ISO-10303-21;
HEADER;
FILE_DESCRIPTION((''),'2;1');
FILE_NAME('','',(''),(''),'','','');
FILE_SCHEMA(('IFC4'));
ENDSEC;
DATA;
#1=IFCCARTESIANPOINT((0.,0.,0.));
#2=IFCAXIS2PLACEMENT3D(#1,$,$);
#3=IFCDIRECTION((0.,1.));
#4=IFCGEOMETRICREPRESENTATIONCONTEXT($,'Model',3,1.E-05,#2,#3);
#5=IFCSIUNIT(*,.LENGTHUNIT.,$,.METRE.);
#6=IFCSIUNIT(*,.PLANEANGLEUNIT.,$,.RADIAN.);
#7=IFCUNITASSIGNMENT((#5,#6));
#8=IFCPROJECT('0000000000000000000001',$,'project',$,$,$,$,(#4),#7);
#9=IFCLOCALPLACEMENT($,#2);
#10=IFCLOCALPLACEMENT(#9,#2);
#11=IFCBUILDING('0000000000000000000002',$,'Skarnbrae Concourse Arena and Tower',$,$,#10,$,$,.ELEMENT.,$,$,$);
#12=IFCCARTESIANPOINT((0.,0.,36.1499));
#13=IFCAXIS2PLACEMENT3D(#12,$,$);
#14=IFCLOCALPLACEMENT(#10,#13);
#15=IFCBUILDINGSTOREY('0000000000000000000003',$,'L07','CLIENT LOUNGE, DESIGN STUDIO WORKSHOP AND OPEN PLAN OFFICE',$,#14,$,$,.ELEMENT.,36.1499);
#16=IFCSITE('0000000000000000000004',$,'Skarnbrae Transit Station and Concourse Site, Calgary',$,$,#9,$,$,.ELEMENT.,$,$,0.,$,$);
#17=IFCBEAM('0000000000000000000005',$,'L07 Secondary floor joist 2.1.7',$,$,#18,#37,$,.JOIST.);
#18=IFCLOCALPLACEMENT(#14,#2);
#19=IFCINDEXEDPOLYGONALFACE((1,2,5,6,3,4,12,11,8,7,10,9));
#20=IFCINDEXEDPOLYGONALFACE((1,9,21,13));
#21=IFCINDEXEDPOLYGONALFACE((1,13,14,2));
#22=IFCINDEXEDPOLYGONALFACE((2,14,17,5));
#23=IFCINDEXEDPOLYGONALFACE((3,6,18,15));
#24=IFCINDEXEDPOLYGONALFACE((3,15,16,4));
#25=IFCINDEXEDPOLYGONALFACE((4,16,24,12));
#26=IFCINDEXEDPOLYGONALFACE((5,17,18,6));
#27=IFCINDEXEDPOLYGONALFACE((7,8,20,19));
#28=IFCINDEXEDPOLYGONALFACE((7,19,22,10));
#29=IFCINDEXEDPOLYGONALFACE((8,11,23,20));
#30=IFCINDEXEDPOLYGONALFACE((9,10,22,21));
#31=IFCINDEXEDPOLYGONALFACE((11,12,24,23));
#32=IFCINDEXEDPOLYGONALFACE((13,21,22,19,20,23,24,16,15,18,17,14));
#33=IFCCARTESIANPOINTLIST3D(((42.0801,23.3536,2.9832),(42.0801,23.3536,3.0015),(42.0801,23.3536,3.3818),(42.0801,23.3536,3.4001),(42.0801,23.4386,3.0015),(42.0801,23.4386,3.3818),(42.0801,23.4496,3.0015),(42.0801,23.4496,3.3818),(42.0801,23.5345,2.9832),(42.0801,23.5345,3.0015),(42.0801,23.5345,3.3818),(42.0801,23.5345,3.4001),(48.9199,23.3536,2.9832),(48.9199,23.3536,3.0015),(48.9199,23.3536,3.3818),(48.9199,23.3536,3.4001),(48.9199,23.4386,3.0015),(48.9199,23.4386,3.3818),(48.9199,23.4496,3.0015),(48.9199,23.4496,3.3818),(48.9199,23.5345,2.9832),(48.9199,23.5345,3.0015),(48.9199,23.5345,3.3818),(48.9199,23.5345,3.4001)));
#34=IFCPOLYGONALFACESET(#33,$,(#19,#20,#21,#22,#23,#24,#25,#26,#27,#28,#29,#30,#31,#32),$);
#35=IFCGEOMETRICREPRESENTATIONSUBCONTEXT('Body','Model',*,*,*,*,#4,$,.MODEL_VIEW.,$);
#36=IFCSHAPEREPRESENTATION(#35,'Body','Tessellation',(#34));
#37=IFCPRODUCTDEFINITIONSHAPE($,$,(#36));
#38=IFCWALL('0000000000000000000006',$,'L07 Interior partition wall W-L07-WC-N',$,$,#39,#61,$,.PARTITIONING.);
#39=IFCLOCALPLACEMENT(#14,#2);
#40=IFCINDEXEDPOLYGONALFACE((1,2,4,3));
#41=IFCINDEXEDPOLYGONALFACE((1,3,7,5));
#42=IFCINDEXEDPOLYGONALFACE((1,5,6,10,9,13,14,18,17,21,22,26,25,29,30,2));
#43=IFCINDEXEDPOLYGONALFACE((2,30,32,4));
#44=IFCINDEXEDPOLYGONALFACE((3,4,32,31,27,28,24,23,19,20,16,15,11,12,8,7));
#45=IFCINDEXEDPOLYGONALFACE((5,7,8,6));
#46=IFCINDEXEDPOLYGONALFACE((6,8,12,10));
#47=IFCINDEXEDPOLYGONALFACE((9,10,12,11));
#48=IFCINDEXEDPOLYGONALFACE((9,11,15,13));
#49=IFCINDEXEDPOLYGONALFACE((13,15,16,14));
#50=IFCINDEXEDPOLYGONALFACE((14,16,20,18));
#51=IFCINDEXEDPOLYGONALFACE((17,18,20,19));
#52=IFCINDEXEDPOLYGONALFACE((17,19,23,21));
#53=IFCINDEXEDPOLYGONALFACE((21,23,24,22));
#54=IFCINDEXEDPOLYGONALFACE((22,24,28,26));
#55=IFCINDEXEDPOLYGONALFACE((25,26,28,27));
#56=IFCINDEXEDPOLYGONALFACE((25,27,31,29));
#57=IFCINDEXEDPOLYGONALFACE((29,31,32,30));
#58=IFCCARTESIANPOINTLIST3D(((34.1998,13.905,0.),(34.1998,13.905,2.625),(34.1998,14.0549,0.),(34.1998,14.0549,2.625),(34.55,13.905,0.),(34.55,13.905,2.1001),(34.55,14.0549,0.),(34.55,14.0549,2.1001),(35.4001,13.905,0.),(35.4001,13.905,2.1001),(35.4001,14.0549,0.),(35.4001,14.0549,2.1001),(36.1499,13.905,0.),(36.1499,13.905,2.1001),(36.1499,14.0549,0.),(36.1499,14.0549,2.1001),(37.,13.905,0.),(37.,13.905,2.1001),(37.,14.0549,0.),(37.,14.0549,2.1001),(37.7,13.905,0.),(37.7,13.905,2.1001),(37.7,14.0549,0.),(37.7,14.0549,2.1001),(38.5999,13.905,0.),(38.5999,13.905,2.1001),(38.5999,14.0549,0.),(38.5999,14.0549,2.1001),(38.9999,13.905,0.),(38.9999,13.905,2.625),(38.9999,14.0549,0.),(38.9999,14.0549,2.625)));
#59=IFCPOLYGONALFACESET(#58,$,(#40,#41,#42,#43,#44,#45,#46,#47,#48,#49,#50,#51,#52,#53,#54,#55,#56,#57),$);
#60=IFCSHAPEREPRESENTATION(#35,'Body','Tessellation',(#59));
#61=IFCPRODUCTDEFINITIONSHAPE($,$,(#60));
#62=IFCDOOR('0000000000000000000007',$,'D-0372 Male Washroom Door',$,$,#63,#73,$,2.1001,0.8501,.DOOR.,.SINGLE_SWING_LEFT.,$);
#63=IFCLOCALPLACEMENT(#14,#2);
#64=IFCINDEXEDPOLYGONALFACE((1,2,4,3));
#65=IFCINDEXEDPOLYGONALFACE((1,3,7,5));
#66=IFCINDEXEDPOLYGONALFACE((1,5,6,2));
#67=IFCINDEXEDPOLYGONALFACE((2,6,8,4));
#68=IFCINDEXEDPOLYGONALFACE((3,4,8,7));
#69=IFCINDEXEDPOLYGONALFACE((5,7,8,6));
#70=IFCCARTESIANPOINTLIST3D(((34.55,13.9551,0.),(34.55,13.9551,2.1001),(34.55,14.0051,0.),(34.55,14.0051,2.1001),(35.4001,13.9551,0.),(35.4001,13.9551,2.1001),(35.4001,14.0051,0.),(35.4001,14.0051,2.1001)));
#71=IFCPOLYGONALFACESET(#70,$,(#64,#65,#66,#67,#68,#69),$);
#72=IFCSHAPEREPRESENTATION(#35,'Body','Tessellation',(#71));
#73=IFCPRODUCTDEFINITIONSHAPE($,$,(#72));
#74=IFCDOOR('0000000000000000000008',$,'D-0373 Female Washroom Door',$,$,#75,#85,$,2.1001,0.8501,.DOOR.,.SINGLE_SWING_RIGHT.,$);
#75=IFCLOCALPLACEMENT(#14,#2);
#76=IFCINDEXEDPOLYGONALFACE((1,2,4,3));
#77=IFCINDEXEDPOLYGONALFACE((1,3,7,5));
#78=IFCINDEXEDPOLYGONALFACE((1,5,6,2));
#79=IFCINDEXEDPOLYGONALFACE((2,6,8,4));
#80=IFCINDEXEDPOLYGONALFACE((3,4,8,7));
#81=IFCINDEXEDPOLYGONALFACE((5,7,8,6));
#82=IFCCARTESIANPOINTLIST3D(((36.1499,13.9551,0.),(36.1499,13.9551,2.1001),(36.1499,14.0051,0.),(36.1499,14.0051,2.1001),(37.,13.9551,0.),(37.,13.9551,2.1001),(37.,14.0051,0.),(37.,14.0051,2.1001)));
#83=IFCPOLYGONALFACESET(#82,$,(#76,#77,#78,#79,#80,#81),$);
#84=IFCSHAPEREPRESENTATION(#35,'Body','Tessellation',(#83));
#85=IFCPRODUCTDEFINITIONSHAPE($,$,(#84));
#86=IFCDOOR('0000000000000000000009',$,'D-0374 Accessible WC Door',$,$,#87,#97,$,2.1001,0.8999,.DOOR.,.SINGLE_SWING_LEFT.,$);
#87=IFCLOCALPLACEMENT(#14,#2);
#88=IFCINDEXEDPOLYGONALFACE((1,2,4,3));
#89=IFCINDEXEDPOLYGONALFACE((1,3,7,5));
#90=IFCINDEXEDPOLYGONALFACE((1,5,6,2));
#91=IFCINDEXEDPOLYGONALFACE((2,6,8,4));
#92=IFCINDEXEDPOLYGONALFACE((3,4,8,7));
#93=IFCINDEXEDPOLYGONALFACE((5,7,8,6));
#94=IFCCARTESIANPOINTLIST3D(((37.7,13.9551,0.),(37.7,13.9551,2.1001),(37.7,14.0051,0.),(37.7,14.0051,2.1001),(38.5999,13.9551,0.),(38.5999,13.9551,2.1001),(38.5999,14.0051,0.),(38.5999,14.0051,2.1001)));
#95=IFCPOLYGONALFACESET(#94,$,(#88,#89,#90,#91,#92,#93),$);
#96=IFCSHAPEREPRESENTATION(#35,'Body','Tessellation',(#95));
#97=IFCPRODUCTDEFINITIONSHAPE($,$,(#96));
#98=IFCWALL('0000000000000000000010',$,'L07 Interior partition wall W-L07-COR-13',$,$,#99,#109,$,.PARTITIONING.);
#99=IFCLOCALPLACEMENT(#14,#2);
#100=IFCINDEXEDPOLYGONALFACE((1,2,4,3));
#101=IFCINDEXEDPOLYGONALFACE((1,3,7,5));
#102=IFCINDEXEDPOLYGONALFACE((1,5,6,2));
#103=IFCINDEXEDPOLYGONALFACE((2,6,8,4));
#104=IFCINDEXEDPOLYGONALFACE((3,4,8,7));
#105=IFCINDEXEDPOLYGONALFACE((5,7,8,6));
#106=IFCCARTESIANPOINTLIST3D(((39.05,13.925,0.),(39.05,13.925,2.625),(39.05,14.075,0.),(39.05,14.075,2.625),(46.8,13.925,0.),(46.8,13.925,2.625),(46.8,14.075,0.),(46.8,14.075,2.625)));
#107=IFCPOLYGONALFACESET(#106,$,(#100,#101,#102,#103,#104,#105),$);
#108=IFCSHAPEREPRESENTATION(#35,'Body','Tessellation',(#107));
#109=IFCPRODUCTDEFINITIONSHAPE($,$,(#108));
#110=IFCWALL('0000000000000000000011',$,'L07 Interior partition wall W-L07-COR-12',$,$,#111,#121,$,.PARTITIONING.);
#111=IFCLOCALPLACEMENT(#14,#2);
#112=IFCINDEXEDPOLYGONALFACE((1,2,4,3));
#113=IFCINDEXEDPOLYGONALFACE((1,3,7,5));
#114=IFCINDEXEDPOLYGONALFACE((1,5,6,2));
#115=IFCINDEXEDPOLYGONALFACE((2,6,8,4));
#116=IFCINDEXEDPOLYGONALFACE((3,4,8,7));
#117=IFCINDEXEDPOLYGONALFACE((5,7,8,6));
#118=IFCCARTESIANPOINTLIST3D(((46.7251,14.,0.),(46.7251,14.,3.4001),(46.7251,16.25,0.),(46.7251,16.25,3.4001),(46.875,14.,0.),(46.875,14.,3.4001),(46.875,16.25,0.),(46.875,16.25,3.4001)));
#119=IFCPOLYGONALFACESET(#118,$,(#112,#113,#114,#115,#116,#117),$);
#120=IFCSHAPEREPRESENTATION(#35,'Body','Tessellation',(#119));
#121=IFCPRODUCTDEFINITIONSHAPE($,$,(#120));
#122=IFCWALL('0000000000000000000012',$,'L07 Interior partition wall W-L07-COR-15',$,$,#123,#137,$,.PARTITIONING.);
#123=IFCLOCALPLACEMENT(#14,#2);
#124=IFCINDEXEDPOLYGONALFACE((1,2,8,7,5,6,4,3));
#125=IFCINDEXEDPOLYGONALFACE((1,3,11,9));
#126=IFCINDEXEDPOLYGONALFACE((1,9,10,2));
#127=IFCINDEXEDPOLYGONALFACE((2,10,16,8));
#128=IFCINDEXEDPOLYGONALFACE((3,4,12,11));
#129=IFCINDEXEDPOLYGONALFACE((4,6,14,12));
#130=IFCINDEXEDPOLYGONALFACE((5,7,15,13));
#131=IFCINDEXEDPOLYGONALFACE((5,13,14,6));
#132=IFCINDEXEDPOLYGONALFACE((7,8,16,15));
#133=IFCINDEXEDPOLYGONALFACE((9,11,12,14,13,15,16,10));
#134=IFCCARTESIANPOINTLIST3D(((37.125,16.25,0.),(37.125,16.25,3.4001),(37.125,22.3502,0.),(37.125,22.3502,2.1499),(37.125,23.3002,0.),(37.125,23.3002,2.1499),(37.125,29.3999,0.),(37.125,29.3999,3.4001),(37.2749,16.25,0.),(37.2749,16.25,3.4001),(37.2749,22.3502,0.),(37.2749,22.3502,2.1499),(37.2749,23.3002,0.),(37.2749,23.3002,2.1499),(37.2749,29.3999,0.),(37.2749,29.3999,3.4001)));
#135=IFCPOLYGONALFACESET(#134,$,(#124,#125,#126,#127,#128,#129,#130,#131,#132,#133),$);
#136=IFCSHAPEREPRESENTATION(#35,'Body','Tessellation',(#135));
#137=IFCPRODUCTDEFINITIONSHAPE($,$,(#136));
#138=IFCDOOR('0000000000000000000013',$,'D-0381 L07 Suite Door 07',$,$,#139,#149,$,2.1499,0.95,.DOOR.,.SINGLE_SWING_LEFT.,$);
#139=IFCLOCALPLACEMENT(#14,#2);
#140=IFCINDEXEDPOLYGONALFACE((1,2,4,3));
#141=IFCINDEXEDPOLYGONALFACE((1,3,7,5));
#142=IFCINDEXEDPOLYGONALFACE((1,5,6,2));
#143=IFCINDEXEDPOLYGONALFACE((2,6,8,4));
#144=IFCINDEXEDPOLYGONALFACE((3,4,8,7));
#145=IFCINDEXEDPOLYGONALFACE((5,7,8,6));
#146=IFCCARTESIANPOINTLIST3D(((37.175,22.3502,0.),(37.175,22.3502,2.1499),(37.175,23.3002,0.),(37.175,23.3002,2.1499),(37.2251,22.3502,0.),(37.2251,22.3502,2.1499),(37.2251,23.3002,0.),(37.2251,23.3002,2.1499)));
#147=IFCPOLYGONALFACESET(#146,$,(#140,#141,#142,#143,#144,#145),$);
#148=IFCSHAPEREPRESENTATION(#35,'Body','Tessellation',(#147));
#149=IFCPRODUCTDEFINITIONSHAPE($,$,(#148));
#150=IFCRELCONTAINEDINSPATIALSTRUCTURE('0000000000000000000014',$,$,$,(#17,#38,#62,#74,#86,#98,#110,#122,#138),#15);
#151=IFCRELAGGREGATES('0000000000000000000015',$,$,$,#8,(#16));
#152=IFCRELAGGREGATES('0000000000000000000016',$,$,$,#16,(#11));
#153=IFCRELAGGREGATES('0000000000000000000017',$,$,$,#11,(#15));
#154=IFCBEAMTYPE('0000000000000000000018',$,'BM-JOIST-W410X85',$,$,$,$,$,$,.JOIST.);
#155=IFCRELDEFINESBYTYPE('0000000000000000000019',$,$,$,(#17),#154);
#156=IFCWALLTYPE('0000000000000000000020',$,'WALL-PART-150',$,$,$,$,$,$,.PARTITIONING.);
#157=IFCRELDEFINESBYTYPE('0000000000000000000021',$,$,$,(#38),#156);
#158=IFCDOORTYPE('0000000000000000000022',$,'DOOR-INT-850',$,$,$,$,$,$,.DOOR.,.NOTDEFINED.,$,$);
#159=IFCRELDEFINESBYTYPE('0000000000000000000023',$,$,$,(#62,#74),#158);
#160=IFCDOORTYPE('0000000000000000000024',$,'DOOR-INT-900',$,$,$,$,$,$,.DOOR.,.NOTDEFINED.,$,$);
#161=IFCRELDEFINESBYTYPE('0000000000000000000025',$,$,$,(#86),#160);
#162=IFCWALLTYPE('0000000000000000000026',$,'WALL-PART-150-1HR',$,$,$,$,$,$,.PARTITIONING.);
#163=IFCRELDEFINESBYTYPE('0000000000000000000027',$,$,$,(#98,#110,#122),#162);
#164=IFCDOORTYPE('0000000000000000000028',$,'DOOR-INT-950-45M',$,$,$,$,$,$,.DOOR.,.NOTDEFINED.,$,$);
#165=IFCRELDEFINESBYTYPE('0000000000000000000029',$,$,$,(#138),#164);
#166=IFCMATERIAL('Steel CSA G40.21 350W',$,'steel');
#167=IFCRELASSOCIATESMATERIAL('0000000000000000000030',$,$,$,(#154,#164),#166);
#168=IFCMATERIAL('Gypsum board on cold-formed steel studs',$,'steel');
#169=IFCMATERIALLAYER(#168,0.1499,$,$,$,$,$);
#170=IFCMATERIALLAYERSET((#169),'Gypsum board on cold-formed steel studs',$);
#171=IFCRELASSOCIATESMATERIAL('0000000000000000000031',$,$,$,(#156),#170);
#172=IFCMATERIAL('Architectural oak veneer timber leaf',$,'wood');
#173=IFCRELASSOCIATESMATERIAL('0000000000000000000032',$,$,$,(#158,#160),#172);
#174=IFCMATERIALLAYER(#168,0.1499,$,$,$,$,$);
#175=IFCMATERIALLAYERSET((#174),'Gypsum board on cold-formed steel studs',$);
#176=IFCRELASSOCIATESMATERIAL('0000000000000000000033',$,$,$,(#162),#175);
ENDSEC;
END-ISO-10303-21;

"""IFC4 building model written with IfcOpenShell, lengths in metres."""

from ifc_helpers import new_model, si_unit, direction, frame, frame_2d, origin, origin_2d, place, context, subcontext, project, spatial, rectangle, i_section, extrude, source, transform, mapped, material, layer, layer_set, material_profile, profile_set, type_object, element, fill, save


model = new_model("IFC4")

# Units and contexts
model_context = context("Model", 3, precision=1e-05, world=origin(), true_north=direction((0.0, 1.0)))
body_context = subcontext(model_context, "Body", "Model", "MODEL_VIEW")
ifc_project = project(units=[si_unit("LENGTHUNIT", "METRE"), si_unit("PLANEANGLEUNIT", "RADIAN")], contexts=[model_context])

# Site, building, storey
site_placement = place(None, origin())
site = spatial("IfcSite", under=ifc_project, at=site_placement, Name="Skarnbrae Transit Station and Concourse Site, Calgary", CompositionType="ELEMENT", RefElevation=0.0)
building_placement = place(site_placement, origin())
building = spatial("IfcBuilding", under=site, at=building_placement, Name="Skarnbrae Concourse Arena and Tower", CompositionType="ELEMENT")
storey_placement = place(building_placement, frame((0.0, 0.0, 36.1499)))
storey = spatial("IfcBuildingStorey", under=building, at=storey_placement, Name="L07", Description="CLIENT LOUNGE, DESIGN STUDIO WORKSHOP AND OPEN PLAN OFFICE", CompositionType="ELEMENT", Elevation=36.1499)

# Shared definitions
ifc_material_1 = material(Name="Steel CSA G40.21 350W", Category="steel")

# Beam
ifc_material_profile_1 = material_profile(ifc_material_1, i_section(OverallWidth=0.1809, OverallDepth=0.417, WebThickness=0.011, FlangeThickness=0.0183, at=origin_2d()), Name="W410X85")
ifc_profile_set_1 = profile_set([ifc_material_profile_1], Name="Steel CSA G40.21 350W")
beam_type_1 = type_object("IfcBeamType", Name="BM-JOIST-W410X85", PredefinedType="JOIST", material=ifc_profile_set_1)
shared_shape_1 = source(origin(), body_context, "Body", "SweptSolid", [
    extrude(i_section(OverallWidth=0.1809, OverallDepth=0.417, WebThickness=0.011, FlangeThickness=0.0183, at=origin_2d()), origin(), (0.0, 0.0, 1.0), 6.8398),
])
for number, where, z_axis, x_axis, name in (
    (1, (42.0801, 23.4441, 3.1917), (1.0, 0.0, 0.0), (0.0, 1.0, 0.0), "L07 Secondary floor joist 2.1.7"),
):
    element("IfcBeam", number, at=place(storey_placement, frame(where, z_axis=z_axis, x_axis=x_axis)), inside=storey, type_object=beam_type_1, Name=name, PredefinedType="JOIST", context=body_context, shape_type="MappedRepresentation", body=[
        mapped(shared_shape_1, transform((0.0, 0.0, 0.0))),
    ])

# Wall, openings, doors
ifc_material_2 = material(Name="Gypsum board on cold-formed steel studs", Category="steel")
ifc_layer_1 = layer(ifc_material_2, 0.1499)
ifc_layer_set_1 = layer_set([ifc_layer_1], Name="Gypsum board on cold-formed steel studs")
wall_type_1 = type_object("IfcWallType", Name="WALL-PART-150", PredefinedType="PARTITIONING", material=ifc_layer_set_1)
shared_shape_2 = source(origin(), body_context, "Body", "SweptSolid", [
    extrude(rectangle(XDim=4.8, YDim=0.1499, at=frame_2d((2.3999, 0.0))), origin(), (0.0, 0.0, 1.0), 2.625),
])
wall_1_placement = place(storey_placement, frame((34.2, 13.98, 0.0), z_axis=(0.0, 0.0, 1.0), x_axis=(1.0, 0.0, 0.0)))
wall_1 = element("IfcWall", 2, at=wall_1_placement, inside=storey, type_object=wall_type_1, Name="L07 Interior partition wall W-L07-WC-N", PredefinedType="PARTITIONING", context=body_context, shape_type="MappedRepresentation", body=[
    mapped(shared_shape_2, transform((0.0, 0.0, 0.0))),
])
opening_1_placement = place(wall_1_placement, frame((0.3501, 0.0, 0.0)))
opening_1 = element("IfcOpeningElement", 3, at=opening_1_placement, cuts=wall_1, PredefinedType="OPENING", context=body_context, shape_type="SweptSolid", body=[
    extrude(rectangle(XDim=0.8501, YDim=2.1001, at=frame_2d((0.425, 1.05))), frame((0.0, 0.085, 0.0), z_axis=(0.0, -1.0, 0.0), x_axis=(1.0, 0.0, 0.0)), (0.0, 0.0, 1.0), 0.1699),
])
opening_2_placement = place(wall_1_placement, frame((1.95, 0.0, 0.0)))
opening_2 = element("IfcOpeningElement", 4, at=opening_2_placement, cuts=wall_1, PredefinedType="OPENING", context=body_context, shape_type="SweptSolid", body=[
    extrude(rectangle(XDim=0.8501, YDim=2.1001, at=frame_2d((0.425, 1.05))), frame((0.0, 0.085, 0.0), z_axis=(0.0, -1.0, 0.0), x_axis=(1.0, 0.0, 0.0)), (0.0, 0.0, 1.0), 0.1699),
])
opening_3_placement = place(wall_1_placement, frame((3.5, 0.0, 0.0)))
opening_3 = element("IfcOpeningElement", 5, at=opening_3_placement, cuts=wall_1, PredefinedType="OPENING", context=body_context, shape_type="SweptSolid", body=[
    extrude(rectangle(XDim=0.8999, YDim=2.1001, at=frame_2d((0.45, 1.05))), frame((0.0, 0.085, 0.0), z_axis=(0.0, -1.0, 0.0), x_axis=(1.0, 0.0, 0.0)), (0.0, 0.0, 1.0), 0.1699),
])
ifc_material_3 = material(Name="Architectural oak veneer timber leaf", Category="wood")
door_type_1 = type_object("IfcDoorType", Name="DOOR-INT-850", OperationType="NOTDEFINED", PredefinedType="DOOR", material=ifc_material_3)
shared_shape_3 = source(origin(), body_context, "Body", "SweptSolid", [
    extrude(rectangle(XDim=0.8501, YDim=2.1001, at=frame_2d((0.425, 1.05))), frame((0.0, 0.0249, 0.0), z_axis=(0.0, -1.0, 0.0), x_axis=(1.0, 0.0, 0.0)), (0.0, 0.0, 1.0), 0.05),
])
door_1_placement = place(opening_1_placement, frame((0.8501, 0.0, 0.0), z_axis=(0.0, 0.0, 1.0), x_axis=(-1.0, 0.0, 0.0)))
door_1 = element("IfcDoor", 6, at=door_1_placement, inside=storey, type_object=door_type_1, Name="D-0372 Male Washroom Door", OperationType="SINGLE_SWING_LEFT", OverallHeight=2.1001, OverallWidth=0.8501, PredefinedType="DOOR", context=body_context, shape_type="MappedRepresentation", body=[
    mapped(shared_shape_3, transform((0.0, 0.0, 0.0))),
])
fill(opening_1, door_1)
door_2_placement = place(opening_2_placement, frame((0.8501, 0.0, 0.0), z_axis=(0.0, 0.0, 1.0), x_axis=(-1.0, 0.0, 0.0)))
door_2 = element("IfcDoor", 7, at=door_2_placement, inside=storey, type_object=door_type_1, Name="D-0373 Female Washroom Door", OperationType="SINGLE_SWING_RIGHT", OverallHeight=2.1001, OverallWidth=0.8501, PredefinedType="DOOR", context=body_context, shape_type="MappedRepresentation", body=[
    mapped(shared_shape_3, transform((0.0, 0.0, 0.0))),
])
fill(opening_2, door_2)
door_type_2 = type_object("IfcDoorType", Name="DOOR-INT-900", OperationType="NOTDEFINED", PredefinedType="DOOR", material=ifc_material_3)
shared_shape_4 = source(origin(), body_context, "Body", "SweptSolid", [
    extrude(rectangle(XDim=0.8999, YDim=2.1001, at=frame_2d((0.45, 1.05))), frame((0.0, 0.0249, 0.0), z_axis=(0.0, -1.0, 0.0), x_axis=(1.0, 0.0, 0.0)), (0.0, 0.0, 1.0), 0.05),
])
door_3_placement = place(opening_3_placement, frame((0.8999, 0.0, 0.0), z_axis=(0.0, 0.0, 1.0), x_axis=(-1.0, 0.0, 0.0)))
door_3 = element("IfcDoor", 8, at=door_3_placement, inside=storey, type_object=door_type_2, Name="D-0374 Accessible WC Door", OperationType="SINGLE_SWING_LEFT", OverallHeight=2.1001, OverallWidth=0.8999, PredefinedType="DOOR", context=body_context, shape_type="MappedRepresentation", body=[
    mapped(shared_shape_4, transform((0.0, 0.0, 0.0))),
])
fill(opening_3, door_3)

# Walls
ifc_layer_2 = layer(ifc_material_2, 0.1499)
ifc_layer_set_2 = layer_set([ifc_layer_2], Name="Gypsum board on cold-formed steel studs")
wall_type_2 = type_object("IfcWallType", Name="WALL-PART-150-1HR", PredefinedType="PARTITIONING", material=ifc_layer_set_2)
shared_shape_5 = source(origin(), body_context, "Body", "SweptSolid", [
    extrude(rectangle(XDim=7.75, YDim=0.1499, at=frame_2d((3.875, 0.0))), origin(), (0.0, 0.0, 1.0), 2.625),
])
wall_2_placement = place(storey_placement, frame((46.8, 14.0, 0.0), z_axis=(0.0, 0.0, 1.0), x_axis=(-1.0, 0.0, 0.0)))
element("IfcWall", 9, at=wall_2_placement, inside=storey, type_object=wall_type_2, Name="L07 Interior partition wall W-L07-COR-13", PredefinedType="PARTITIONING", context=body_context, shape_type="MappedRepresentation", body=[
    mapped(shared_shape_5, transform((0.0, 0.0, 0.0))),
])
shared_shape_6 = source(origin(), body_context, "Body", "SweptSolid", [
    extrude(rectangle(XDim=2.25, YDim=0.1499, at=frame_2d((1.125, 0.0))), origin(), (0.0, 0.0, 1.0), 3.4001),
])
wall_3_placement = place(storey_placement, frame((46.8, 16.25, 0.0), z_axis=(0.0, 0.0, 1.0), x_axis=(0.0, -1.0, 0.0)))
element("IfcWall", 10, at=wall_3_placement, inside=storey, type_object=wall_type_2, Name="L07 Interior partition wall W-L07-COR-12", PredefinedType="PARTITIONING", context=body_context, shape_type="MappedRepresentation", body=[
    mapped(shared_shape_6, transform((0.0, 0.0, 0.0))),
])

# Wall, opening, door
shared_shape_7 = source(origin(), body_context, "Body", "SweptSolid", [
    extrude(rectangle(XDim=13.1499, YDim=0.1499, at=frame_2d((6.575, 0.0))), origin(), (0.0, 0.0, 1.0), 3.4001),
])
wall_4_placement = place(storey_placement, frame((37.2, 16.25, 0.0), z_axis=(0.0, 0.0, 1.0), x_axis=(0.0, 1.0, 0.0)))
wall_4 = element("IfcWall", 11, at=wall_4_placement, inside=storey, type_object=wall_type_2, Name="L07 Interior partition wall W-L07-COR-15", PredefinedType="PARTITIONING", context=body_context, shape_type="MappedRepresentation", body=[
    mapped(shared_shape_7, transform((0.0, 0.0, 0.0))),
])
opening_4_placement = place(wall_4_placement, frame((6.1001, 0.0, 0.0)))
opening_4 = element("IfcOpeningElement", 12, at=opening_4_placement, cuts=wall_4, PredefinedType="OPENING", context=body_context, shape_type="SweptSolid", body=[
    extrude(rectangle(XDim=0.95, YDim=2.1499, at=frame_2d((0.4751, 1.075))), frame((0.0, 0.085, 0.0), z_axis=(0.0, -1.0, 0.0), x_axis=(1.0, 0.0, 0.0)), (0.0, 0.0, 1.0), 0.1699),
])
door_type_3 = type_object("IfcDoorType", Name="DOOR-INT-950-45M", OperationType="NOTDEFINED", PredefinedType="DOOR", material=ifc_material_1)
shared_shape_8 = source(origin(), body_context, "Body", "SweptSolid", [
    extrude(rectangle(XDim=0.95, YDim=2.1499, at=frame_2d((0.4751, 1.075))), frame((0.0, 0.0249, 0.0), z_axis=(0.0, -1.0, 0.0), x_axis=(1.0, 0.0, 0.0)), (0.0, 0.0, 1.0), 0.05),
])
door_4_placement = place(opening_4_placement, origin())
door_4 = element("IfcDoor", 13, at=door_4_placement, inside=storey, type_object=door_type_3, Name="D-0381 L07 Suite Door 07", OperationType="SINGLE_SWING_LEFT", OverallHeight=2.1499, OverallWidth=0.95, PredefinedType="DOOR", context=body_context, shape_type="MappedRepresentation", body=[
    mapped(shared_shape_8, transform((0.0, 0.0, 0.0))),
])
fill(opening_4, door_4)

save(model, "model.ifc")
